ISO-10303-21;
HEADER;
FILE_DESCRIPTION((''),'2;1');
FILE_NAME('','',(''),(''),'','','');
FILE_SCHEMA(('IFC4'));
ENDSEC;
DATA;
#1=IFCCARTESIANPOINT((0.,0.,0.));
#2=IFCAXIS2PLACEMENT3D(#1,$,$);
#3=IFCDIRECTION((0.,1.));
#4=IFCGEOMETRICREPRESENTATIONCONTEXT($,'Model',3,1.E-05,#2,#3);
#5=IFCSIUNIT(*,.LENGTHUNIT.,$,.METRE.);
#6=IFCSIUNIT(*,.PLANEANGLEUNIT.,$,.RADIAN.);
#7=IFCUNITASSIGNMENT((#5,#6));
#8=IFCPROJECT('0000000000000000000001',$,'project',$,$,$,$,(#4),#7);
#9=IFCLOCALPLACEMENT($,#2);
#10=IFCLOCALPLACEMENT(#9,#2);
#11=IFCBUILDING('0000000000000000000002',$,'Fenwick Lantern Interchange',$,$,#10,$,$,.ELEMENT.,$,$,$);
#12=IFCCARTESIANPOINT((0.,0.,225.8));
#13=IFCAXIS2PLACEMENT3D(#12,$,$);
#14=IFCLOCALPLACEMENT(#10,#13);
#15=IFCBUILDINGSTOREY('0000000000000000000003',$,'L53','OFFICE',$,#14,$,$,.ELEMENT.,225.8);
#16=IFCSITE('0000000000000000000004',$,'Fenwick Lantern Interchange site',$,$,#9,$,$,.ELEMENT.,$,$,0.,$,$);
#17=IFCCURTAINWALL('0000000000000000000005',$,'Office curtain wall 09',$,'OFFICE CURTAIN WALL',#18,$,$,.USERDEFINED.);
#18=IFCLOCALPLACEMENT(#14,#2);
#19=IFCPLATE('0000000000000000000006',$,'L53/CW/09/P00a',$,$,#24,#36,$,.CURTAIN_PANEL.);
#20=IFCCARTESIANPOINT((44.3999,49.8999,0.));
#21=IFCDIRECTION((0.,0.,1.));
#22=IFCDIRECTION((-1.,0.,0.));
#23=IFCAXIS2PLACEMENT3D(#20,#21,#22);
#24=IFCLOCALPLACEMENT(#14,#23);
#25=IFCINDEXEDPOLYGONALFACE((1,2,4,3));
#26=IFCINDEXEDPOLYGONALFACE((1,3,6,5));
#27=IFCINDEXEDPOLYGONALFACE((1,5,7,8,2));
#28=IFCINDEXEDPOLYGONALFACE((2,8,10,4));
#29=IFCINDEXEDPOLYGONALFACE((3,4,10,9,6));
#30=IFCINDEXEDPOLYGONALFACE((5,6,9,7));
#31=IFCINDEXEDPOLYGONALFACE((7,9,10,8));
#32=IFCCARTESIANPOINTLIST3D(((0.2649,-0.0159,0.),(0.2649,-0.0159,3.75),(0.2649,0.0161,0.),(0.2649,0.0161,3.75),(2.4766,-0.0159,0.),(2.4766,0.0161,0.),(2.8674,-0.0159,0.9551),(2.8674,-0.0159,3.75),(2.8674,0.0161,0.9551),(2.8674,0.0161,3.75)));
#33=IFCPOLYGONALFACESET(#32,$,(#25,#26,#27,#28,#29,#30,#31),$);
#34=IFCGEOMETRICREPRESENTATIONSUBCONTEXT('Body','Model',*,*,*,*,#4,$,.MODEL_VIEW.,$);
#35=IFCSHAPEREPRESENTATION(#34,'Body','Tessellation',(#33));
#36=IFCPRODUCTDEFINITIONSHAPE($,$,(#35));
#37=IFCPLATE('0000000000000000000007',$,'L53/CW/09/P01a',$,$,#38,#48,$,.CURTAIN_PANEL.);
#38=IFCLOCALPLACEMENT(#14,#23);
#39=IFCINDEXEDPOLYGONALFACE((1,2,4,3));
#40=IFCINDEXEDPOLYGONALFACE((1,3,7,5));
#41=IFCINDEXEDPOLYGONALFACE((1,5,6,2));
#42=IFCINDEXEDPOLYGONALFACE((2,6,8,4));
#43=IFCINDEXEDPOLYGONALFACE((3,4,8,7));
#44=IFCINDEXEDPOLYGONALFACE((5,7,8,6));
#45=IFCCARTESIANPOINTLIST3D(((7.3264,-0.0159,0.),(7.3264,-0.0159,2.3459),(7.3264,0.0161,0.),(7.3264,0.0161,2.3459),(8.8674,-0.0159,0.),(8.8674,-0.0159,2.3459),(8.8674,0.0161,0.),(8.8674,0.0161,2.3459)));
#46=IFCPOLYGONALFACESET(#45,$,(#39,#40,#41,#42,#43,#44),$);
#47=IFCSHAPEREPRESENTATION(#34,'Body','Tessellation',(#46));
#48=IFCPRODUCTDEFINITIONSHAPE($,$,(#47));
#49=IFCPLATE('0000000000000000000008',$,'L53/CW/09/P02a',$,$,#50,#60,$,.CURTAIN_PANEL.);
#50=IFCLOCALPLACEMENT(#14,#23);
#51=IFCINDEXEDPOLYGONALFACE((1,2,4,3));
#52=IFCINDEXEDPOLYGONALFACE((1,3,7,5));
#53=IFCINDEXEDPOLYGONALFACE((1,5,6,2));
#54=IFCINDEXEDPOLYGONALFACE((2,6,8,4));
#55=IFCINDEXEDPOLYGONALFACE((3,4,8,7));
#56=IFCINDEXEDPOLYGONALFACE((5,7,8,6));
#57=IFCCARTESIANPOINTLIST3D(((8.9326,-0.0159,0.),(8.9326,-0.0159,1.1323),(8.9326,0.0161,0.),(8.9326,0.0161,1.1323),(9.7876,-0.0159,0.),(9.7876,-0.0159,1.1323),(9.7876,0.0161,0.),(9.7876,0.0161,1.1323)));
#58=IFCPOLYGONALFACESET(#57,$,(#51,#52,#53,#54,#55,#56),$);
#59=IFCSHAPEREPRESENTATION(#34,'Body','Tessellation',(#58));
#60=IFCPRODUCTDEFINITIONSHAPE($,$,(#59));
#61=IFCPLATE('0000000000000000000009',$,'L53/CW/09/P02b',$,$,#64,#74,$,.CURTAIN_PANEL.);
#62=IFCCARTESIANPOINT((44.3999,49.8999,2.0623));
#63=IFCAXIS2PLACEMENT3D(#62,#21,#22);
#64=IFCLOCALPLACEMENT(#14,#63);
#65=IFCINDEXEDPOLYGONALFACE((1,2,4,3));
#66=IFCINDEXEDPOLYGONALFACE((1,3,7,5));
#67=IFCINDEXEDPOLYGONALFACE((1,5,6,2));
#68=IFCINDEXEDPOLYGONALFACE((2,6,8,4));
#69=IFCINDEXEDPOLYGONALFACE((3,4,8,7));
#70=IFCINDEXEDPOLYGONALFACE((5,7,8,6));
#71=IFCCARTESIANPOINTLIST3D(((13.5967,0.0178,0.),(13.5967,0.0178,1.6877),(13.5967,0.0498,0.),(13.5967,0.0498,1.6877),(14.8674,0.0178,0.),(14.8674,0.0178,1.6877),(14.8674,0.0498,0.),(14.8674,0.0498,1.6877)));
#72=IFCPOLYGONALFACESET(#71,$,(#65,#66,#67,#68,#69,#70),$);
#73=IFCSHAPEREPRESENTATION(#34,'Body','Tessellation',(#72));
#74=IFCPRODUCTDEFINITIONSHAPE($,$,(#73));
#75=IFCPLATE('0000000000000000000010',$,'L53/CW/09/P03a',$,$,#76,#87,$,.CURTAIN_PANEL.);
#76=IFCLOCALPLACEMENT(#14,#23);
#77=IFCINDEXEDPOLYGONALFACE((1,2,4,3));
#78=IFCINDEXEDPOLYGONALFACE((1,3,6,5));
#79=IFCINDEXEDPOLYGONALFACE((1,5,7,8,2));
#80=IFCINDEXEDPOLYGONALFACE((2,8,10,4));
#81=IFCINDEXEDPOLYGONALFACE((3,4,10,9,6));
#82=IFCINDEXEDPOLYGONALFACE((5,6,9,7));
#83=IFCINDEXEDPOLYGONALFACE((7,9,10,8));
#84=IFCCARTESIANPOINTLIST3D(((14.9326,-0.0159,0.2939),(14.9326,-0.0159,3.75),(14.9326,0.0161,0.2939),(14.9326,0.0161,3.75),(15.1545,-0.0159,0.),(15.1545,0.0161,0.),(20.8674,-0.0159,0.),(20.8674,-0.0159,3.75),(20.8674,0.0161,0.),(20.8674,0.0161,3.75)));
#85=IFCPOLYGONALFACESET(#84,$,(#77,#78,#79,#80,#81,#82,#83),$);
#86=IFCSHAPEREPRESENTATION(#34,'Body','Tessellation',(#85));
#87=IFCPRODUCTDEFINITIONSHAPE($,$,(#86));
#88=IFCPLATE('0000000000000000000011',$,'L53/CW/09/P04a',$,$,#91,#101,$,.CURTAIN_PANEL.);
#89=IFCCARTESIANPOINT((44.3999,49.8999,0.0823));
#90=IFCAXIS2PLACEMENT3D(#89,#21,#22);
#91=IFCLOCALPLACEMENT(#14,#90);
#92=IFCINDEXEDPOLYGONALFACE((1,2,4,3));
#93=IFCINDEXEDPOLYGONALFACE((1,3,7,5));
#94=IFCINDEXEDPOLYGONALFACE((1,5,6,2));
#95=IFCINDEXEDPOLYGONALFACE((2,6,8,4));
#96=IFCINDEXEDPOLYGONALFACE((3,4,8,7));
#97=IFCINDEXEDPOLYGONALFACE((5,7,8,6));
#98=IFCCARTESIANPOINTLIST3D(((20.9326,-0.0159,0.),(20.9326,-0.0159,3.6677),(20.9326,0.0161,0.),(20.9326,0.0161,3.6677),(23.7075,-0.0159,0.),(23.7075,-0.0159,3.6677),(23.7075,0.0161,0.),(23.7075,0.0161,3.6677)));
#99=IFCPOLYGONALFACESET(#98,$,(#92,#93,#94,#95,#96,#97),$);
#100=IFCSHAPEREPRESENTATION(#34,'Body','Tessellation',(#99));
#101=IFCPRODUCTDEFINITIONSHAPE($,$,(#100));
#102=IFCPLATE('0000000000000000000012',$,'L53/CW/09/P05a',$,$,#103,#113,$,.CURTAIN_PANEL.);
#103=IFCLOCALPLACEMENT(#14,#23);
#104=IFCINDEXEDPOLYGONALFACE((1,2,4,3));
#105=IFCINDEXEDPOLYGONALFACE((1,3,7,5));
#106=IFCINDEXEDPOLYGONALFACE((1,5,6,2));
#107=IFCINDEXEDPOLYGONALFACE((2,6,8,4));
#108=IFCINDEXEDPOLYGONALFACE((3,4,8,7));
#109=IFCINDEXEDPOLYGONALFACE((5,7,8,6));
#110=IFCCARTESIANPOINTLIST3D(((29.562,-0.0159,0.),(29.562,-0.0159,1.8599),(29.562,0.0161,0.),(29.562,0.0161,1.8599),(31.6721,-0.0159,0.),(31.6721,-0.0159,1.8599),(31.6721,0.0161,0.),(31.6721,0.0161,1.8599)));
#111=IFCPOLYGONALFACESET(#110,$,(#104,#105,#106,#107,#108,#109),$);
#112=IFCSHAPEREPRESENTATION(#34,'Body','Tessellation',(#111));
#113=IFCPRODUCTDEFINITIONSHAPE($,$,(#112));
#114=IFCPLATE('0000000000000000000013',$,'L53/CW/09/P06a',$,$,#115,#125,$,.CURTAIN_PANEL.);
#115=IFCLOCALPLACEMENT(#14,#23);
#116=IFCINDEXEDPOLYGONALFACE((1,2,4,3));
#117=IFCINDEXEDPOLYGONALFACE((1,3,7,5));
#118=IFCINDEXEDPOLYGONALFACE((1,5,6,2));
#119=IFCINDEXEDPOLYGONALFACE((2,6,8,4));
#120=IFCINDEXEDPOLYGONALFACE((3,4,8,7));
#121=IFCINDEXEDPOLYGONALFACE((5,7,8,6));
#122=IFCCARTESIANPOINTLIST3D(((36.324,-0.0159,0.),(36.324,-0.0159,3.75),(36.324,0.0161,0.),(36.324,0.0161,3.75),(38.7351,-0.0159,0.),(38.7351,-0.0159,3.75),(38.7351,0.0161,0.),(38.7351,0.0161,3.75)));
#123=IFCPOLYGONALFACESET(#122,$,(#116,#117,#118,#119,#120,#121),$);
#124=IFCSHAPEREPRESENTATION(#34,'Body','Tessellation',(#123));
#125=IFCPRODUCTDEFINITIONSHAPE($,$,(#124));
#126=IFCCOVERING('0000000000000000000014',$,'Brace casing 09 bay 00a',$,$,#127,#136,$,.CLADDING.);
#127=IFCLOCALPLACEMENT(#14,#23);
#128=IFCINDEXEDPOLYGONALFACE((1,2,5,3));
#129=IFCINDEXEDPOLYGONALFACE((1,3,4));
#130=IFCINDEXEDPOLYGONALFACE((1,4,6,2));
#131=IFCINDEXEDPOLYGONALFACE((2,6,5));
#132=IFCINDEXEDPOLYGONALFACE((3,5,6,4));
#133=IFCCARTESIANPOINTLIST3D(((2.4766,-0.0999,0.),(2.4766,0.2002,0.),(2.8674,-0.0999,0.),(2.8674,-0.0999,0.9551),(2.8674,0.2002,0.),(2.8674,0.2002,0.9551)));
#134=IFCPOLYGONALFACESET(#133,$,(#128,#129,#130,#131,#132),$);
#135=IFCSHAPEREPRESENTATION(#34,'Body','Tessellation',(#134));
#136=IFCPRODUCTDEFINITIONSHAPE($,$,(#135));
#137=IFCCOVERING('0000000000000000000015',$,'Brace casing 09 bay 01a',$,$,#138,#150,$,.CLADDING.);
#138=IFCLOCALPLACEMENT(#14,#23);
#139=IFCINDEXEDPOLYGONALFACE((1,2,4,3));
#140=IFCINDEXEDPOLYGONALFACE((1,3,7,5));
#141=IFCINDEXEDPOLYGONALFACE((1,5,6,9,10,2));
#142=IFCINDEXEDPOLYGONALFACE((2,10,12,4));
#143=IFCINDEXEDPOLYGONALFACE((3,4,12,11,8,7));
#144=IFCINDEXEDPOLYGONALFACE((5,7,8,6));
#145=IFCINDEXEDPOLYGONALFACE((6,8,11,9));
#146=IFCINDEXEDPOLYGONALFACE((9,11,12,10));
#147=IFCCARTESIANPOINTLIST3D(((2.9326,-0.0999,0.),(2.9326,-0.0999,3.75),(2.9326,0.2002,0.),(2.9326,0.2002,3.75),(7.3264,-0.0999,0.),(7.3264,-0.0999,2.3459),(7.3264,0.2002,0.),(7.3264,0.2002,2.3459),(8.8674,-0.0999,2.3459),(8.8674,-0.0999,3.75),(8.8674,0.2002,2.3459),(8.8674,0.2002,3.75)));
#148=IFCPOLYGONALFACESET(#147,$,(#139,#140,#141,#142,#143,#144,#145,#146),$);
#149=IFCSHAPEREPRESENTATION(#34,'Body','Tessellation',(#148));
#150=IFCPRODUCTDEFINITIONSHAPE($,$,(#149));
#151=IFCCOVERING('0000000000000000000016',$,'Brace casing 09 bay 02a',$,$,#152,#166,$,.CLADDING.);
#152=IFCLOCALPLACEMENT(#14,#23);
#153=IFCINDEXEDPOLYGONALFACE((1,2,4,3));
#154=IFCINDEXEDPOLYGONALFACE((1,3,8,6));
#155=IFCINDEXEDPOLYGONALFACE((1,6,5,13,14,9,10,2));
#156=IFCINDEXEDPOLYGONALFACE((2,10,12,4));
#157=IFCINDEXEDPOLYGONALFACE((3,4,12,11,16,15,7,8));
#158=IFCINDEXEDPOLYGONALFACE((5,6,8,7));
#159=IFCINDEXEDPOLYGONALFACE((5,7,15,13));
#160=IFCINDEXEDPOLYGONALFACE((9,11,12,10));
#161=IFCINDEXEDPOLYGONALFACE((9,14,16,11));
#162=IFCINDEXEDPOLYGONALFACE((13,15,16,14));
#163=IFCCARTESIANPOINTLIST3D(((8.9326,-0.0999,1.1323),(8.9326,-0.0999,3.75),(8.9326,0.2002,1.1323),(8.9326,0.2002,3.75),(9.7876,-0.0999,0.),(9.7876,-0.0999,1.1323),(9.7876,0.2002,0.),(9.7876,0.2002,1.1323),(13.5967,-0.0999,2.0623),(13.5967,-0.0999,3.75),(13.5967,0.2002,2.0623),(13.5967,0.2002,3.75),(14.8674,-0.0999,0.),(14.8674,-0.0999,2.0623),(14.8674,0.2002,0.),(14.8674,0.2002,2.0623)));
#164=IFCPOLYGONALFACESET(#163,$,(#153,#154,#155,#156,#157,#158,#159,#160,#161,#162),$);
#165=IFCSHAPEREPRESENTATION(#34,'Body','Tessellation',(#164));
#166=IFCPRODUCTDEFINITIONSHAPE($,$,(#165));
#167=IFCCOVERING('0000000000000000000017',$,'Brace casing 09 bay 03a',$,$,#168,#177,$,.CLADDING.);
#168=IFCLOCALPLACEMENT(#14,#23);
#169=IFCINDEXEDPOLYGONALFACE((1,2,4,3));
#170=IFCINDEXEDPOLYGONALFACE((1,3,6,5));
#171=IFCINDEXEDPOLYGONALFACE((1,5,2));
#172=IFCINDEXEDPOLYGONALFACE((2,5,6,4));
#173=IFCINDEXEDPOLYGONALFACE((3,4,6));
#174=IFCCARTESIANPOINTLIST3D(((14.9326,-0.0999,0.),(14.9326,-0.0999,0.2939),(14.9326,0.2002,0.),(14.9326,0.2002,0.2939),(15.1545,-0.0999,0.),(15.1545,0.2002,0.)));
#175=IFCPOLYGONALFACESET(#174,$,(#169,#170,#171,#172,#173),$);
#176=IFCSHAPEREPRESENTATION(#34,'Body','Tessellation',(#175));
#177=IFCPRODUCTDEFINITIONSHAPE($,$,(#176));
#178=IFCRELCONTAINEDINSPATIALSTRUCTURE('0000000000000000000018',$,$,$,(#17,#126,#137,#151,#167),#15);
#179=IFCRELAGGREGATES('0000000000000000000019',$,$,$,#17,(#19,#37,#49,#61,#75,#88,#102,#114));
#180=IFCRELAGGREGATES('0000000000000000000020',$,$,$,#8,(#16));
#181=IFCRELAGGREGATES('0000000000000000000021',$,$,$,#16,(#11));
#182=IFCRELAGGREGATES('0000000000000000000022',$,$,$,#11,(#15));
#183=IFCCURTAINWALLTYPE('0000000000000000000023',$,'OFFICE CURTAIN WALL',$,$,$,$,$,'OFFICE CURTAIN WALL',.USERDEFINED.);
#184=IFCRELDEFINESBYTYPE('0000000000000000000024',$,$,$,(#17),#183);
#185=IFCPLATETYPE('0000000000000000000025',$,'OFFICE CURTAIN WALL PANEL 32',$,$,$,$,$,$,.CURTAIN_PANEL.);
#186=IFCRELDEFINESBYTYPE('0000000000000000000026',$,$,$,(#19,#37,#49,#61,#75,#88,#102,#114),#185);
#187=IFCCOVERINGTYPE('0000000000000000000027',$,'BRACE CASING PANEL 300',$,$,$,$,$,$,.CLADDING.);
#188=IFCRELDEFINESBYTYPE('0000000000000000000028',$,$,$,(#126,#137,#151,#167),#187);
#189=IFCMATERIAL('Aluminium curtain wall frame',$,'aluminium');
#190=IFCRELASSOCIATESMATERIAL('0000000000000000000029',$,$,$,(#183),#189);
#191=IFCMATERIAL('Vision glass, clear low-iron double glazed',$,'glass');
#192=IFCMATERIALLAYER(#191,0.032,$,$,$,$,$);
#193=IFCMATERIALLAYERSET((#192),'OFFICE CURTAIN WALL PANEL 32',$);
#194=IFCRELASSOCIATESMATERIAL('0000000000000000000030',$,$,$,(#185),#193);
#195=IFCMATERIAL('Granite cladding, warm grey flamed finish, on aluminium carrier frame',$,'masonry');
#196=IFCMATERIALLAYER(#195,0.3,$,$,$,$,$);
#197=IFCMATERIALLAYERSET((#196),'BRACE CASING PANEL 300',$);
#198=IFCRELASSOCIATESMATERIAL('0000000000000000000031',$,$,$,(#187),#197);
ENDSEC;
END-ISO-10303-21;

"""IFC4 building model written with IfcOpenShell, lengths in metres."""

from ifc_helpers import new_model, si_unit, direction, frame, origin, place, context, subcontext, project, spatial, polyline, outline, extrude, material, layer, layer_set, type_object, element, aggregate, save


model = new_model("IFC4")

# Units and contexts
model_context = context("Model", 3, precision=1e-05, world=origin(), true_north=direction((0.0, 1.0)))
body_context = subcontext(model_context, "Body", "Model", "MODEL_VIEW")
ifc_project = project(units=[si_unit("LENGTHUNIT", "METRE"), si_unit("PLANEANGLEUNIT", "RADIAN")], contexts=[model_context])

# Site, building, storey
site_placement = place(None, origin())
site = spatial("IfcSite", under=ifc_project, at=site_placement, Name="Fenwick Lantern Interchange site", CompositionType="ELEMENT", RefElevation=0.0)
building_placement = place(site_placement, origin())
building = spatial("IfcBuilding", under=site, at=building_placement, Name="Fenwick Lantern Interchange", CompositionType="ELEMENT")
storey_placement = place(building_placement, frame((0.0, 0.0, 225.8)))
storey = spatial("IfcBuildingStorey", under=building, at=storey_placement, Name="L53", Description="OFFICE", CompositionType="ELEMENT", Elevation=225.8)

# Shared definitions
ifc_material_1 = material(Name="Aluminium curtain wall frame", Category="aluminium")
curtain_wall_type = type_object("IfcCurtainWallType", Name="OFFICE CURTAIN WALL", ElementType="OFFICE CURTAIN WALL", PredefinedType="USERDEFINED", material=ifc_material_1)

# Curtain wall
curtain_wall_1_placement = place(storey_placement, origin())
curtain_wall_1 = element("IfcCurtainWall", 1, at=curtain_wall_1_placement, inside=storey, type_object=curtain_wall_type, Name="Office curtain wall 09", ObjectType="OFFICE CURTAIN WALL", PredefinedType="USERDEFINED")

# Plates
ifc_material_2 = material(Name="Vision glass, clear low-iron double glazed", Category="glass")
ifc_layer_1 = layer(ifc_material_2, 0.032)
ifc_layer_set_1 = layer_set([ifc_layer_1], Name="OFFICE CURTAIN WALL PANEL 32")
plate_type = type_object("IfcPlateType", Name="OFFICE CURTAIN WALL PANEL 32", PredefinedType="CURTAIN_PANEL", material=ifc_layer_set_1)
plate_1_placement = place(storey_placement, frame((44.3999, 49.8999, 0.0), z_axis=(0.0, 0.0, 1.0), x_axis=(-1.0, 0.0, 0.0)))
plate_1 = element("IfcPlate", 2, at=plate_1_placement, type_object=plate_type, Name="L53/CW/09/P00a", PredefinedType="CURTAIN_PANEL", context=body_context, shape_type="SweptSolid", body=[
    extrude(outline(polyline([(0.2649, 0.0), (2.4766, 0.0), (2.8674, 0.9551), (2.8674, 3.75), (0.2649, 3.75), (0.2649, 0.0)])), frame((0.0, 0.0161, 0.0), z_axis=(0.0, -1.0, 0.0), x_axis=(1.0, 0.0, 0.0)), (0.0, 0.0, 1.0), 0.032),
])
plate_2_placement = place(storey_placement, frame((44.3999, 49.8999, 0.0), z_axis=(0.0, 0.0, 1.0), x_axis=(-1.0, 0.0, 0.0)))
plate_2 = element("IfcPlate", 3, at=plate_2_placement, type_object=plate_type, Name="L53/CW/09/P01a", PredefinedType="CURTAIN_PANEL", context=body_context, shape_type="SweptSolid", body=[
    extrude(outline(polyline([(7.3264, 0.0), (8.8674, 0.0), (8.8674, 2.3459), (7.3264, 2.3459), (7.3264, 0.0)])), frame((0.0, 0.0161, 0.0), z_axis=(0.0, -1.0, 0.0), x_axis=(1.0, 0.0, 0.0)), (0.0, 0.0, 1.0), 0.032),
])
plate_3_placement = place(storey_placement, frame((44.3999, 49.8999, 0.0), z_axis=(0.0, 0.0, 1.0), x_axis=(-1.0, 0.0, 0.0)))
plate_3 = element("IfcPlate", 4, at=plate_3_placement, type_object=plate_type, Name="L53/CW/09/P02a", PredefinedType="CURTAIN_PANEL", context=body_context, shape_type="SweptSolid", body=[
    extrude(outline(polyline([(8.9326, 0.0), (9.7876, 0.0), (9.7876, 1.1323), (8.9326, 1.1323), (8.9326, 0.0)])), frame((0.0, 0.0161, 0.0), z_axis=(0.0, -1.0, 0.0), x_axis=(1.0, 0.0, 0.0)), (0.0, 0.0, 1.0), 0.032),
])
plate_4_placement = place(storey_placement, frame((44.3999, 49.8999, 2.0623), z_axis=(0.0, 0.0, 1.0), x_axis=(-1.0, 0.0, 0.0)))
plate_4 = element("IfcPlate", 5, at=plate_4_placement, type_object=plate_type, Name="L53/CW/09/P02b", PredefinedType="CURTAIN_PANEL", context=body_context, shape_type="SweptSolid", body=[
    extrude(outline(polyline([(13.5967, 0.0), (14.8674, 0.0), (14.8674, 1.6877), (13.5967, 1.6877), (13.5967, 0.0)])), frame((0.0, 0.0498, 0.0), z_axis=(0.0, -1.0, 0.0), x_axis=(1.0, 0.0, 0.0)), (0.0, 0.0, 1.0), 0.032),
])
plate_5_placement = place(storey_placement, frame((44.3999, 49.8999, 0.0), z_axis=(0.0, 0.0, 1.0), x_axis=(-1.0, 0.0, 0.0)))
plate_5 = element("IfcPlate", 6, at=plate_5_placement, type_object=plate_type, Name="L53/CW/09/P03a", PredefinedType="CURTAIN_PANEL", context=body_context, shape_type="SweptSolid", body=[
    extrude(outline(polyline([(15.1545, 0.0), (20.8674, 0.0), (20.8674, 3.75), (14.9326, 3.75), (14.9326, 0.2939), (15.1545, 0.0)])), frame((0.0, 0.0161, 0.0), z_axis=(0.0, -1.0, 0.0), x_axis=(1.0, 0.0, 0.0)), (0.0, 0.0, 1.0), 0.032),
])
plate_6_placement = place(storey_placement, frame((44.3999, 49.8999, 0.0823), z_axis=(0.0, 0.0, 1.0), x_axis=(-1.0, 0.0, 0.0)))
plate_6 = element("IfcPlate", 7, at=plate_6_placement, type_object=plate_type, Name="L53/CW/09/P04a", PredefinedType="CURTAIN_PANEL", context=body_context, shape_type="SweptSolid", body=[
    extrude(outline(polyline([(20.9326, 0.0), (23.7075, 0.0), (23.7075, 3.6677), (20.9326, 3.6677), (20.9326, 0.0)])), frame((0.0, 0.0161, 0.0), z_axis=(0.0, -1.0, 0.0), x_axis=(1.0, 0.0, 0.0)), (0.0, 0.0, 1.0), 0.032),
])
plate_7_placement = place(storey_placement, frame((44.3999, 49.8999, 0.0), z_axis=(0.0, 0.0, 1.0), x_axis=(-1.0, 0.0, 0.0)))
plate_7 = element("IfcPlate", 8, at=plate_7_placement, type_object=plate_type, Name="L53/CW/09/P05a", PredefinedType="CURTAIN_PANEL", context=body_context, shape_type="SweptSolid", body=[
    extrude(outline(polyline([(29.562, 0.0), (31.6721, 0.0), (31.6721, 1.8599), (29.562, 1.8599), (29.562, 0.0)])), frame((0.0, 0.0161, 0.0), z_axis=(0.0, -1.0, 0.0), x_axis=(1.0, 0.0, 0.0)), (0.0, 0.0, 1.0), 0.032),
])
plate_8_placement = place(storey_placement, frame((44.3999, 49.8999, 0.0), z_axis=(0.0, 0.0, 1.0), x_axis=(-1.0, 0.0, 0.0)))
plate_8 = element("IfcPlate", 9, at=plate_8_placement, type_object=plate_type, Name="L53/CW/09/P06a", PredefinedType="CURTAIN_PANEL", context=body_context, shape_type="SweptSolid", body=[
    extrude(outline(polyline([(36.324, 0.0), (38.7351, 0.0), (38.7351, 3.75), (36.324, 3.75), (36.324, 0.0)])), frame((0.0, 0.0161, 0.0), z_axis=(0.0, -1.0, 0.0), x_axis=(1.0, 0.0, 0.0)), (0.0, 0.0, 1.0), 0.032),
])
aggregate(curtain_wall_1, [plate_1, plate_2, plate_3, plate_4, plate_5, plate_6, plate_7, plate_8])

# Coverings
ifc_material_3 = material(Name="Granite cladding, warm grey flamed finish, on aluminium carrier frame", Category="masonry")
ifc_layer_2 = layer(ifc_material_3, 0.3)
ifc_layer_set_2 = layer_set([ifc_layer_2], Name="BRACE CASING PANEL 300")
covering_type = type_object("IfcCoveringType", Name="BRACE CASING PANEL 300", PredefinedType="CLADDING", material=ifc_layer_set_2)
covering_1_placement = place(storey_placement, frame((44.3999, 49.8999, 0.0), z_axis=(0.0, 0.0, 1.0), x_axis=(-1.0, 0.0, 0.0)))
element("IfcCovering", 10, at=covering_1_placement, inside=storey, type_object=covering_type, Name="Brace casing 09 bay 00a", PredefinedType="CLADDING", context=body_context, shape_type="SweptSolid", body=[
    extrude(outline(polyline([(2.4766, 0.0), (2.8674, 0.0), (2.8674, 0.9551), (2.4766, 0.0)])), frame((0.0, 0.2002, 0.0), z_axis=(0.0, -1.0, 0.0), x_axis=(1.0, 0.0, 0.0)), (0.0, 0.0, 1.0), 0.3),
])
covering_2_placement = place(storey_placement, frame((44.3999, 49.8999, 0.0), z_axis=(0.0, 0.0, 1.0), x_axis=(-1.0, 0.0, 0.0)))
element("IfcCovering", 11, at=covering_2_placement, inside=storey, type_object=covering_type, Name="Brace casing 09 bay 01a", PredefinedType="CLADDING", context=body_context, shape_type="SweptSolid", body=[
    extrude(outline(polyline([(2.9326, 0.0), (7.3264, 0.0), (7.3264, 2.3459), (8.8674, 2.3459), (8.8674, 3.75), (2.9326, 3.75), (2.9326, 0.0)])), frame((0.0, 0.2002, 0.0), z_axis=(0.0, -1.0, 0.0), x_axis=(1.0, 0.0, 0.0)), (0.0, 0.0, 1.0), 0.3),
])
covering_3_placement = place(storey_placement, frame((44.3999, 49.8999, 0.0), z_axis=(0.0, 0.0, 1.0), x_axis=(-1.0, 0.0, 0.0)))
element("IfcCovering", 12, at=covering_3_placement, inside=storey, type_object=covering_type, Name="Brace casing 09 bay 02a", PredefinedType="CLADDING", context=body_context, shape_type="SweptSolid", body=[
    extrude(outline(polyline([(9.7876, 0.0), (14.8674, 0.0), (14.8674, 2.0623), (13.5967, 2.0623), (13.5967, 3.75), (8.9326, 3.75), (8.9326, 1.1323), (9.7876, 1.1323), (9.7876, 0.0)])), frame((0.0, 0.2002, 0.0), z_axis=(0.0, -1.0, 0.0), x_axis=(1.0, 0.0, 0.0)), (0.0, 0.0, 1.0), 0.3),
])
covering_4_placement = place(storey_placement, frame((44.3999, 49.8999, 0.0), z_axis=(0.0, 0.0, 1.0), x_axis=(-1.0, 0.0, 0.0)))
element("IfcCovering", 13, at=covering_4_placement, inside=storey, type_object=covering_type, Name="Brace casing 09 bay 03a", PredefinedType="CLADDING", context=body_context, shape_type="SweptSolid", body=[
    extrude(outline(polyline([(14.9326, 0.0), (15.1545, 0.0), (14.9326, 0.2939), (14.9326, 0.0)])), frame((0.0, 0.2002, 0.0), z_axis=(0.0, -1.0, 0.0), x_axis=(1.0, 0.0, 0.0)), (0.0, 0.0, 1.0), 0.3),
])

save(model, "model.ifc")
